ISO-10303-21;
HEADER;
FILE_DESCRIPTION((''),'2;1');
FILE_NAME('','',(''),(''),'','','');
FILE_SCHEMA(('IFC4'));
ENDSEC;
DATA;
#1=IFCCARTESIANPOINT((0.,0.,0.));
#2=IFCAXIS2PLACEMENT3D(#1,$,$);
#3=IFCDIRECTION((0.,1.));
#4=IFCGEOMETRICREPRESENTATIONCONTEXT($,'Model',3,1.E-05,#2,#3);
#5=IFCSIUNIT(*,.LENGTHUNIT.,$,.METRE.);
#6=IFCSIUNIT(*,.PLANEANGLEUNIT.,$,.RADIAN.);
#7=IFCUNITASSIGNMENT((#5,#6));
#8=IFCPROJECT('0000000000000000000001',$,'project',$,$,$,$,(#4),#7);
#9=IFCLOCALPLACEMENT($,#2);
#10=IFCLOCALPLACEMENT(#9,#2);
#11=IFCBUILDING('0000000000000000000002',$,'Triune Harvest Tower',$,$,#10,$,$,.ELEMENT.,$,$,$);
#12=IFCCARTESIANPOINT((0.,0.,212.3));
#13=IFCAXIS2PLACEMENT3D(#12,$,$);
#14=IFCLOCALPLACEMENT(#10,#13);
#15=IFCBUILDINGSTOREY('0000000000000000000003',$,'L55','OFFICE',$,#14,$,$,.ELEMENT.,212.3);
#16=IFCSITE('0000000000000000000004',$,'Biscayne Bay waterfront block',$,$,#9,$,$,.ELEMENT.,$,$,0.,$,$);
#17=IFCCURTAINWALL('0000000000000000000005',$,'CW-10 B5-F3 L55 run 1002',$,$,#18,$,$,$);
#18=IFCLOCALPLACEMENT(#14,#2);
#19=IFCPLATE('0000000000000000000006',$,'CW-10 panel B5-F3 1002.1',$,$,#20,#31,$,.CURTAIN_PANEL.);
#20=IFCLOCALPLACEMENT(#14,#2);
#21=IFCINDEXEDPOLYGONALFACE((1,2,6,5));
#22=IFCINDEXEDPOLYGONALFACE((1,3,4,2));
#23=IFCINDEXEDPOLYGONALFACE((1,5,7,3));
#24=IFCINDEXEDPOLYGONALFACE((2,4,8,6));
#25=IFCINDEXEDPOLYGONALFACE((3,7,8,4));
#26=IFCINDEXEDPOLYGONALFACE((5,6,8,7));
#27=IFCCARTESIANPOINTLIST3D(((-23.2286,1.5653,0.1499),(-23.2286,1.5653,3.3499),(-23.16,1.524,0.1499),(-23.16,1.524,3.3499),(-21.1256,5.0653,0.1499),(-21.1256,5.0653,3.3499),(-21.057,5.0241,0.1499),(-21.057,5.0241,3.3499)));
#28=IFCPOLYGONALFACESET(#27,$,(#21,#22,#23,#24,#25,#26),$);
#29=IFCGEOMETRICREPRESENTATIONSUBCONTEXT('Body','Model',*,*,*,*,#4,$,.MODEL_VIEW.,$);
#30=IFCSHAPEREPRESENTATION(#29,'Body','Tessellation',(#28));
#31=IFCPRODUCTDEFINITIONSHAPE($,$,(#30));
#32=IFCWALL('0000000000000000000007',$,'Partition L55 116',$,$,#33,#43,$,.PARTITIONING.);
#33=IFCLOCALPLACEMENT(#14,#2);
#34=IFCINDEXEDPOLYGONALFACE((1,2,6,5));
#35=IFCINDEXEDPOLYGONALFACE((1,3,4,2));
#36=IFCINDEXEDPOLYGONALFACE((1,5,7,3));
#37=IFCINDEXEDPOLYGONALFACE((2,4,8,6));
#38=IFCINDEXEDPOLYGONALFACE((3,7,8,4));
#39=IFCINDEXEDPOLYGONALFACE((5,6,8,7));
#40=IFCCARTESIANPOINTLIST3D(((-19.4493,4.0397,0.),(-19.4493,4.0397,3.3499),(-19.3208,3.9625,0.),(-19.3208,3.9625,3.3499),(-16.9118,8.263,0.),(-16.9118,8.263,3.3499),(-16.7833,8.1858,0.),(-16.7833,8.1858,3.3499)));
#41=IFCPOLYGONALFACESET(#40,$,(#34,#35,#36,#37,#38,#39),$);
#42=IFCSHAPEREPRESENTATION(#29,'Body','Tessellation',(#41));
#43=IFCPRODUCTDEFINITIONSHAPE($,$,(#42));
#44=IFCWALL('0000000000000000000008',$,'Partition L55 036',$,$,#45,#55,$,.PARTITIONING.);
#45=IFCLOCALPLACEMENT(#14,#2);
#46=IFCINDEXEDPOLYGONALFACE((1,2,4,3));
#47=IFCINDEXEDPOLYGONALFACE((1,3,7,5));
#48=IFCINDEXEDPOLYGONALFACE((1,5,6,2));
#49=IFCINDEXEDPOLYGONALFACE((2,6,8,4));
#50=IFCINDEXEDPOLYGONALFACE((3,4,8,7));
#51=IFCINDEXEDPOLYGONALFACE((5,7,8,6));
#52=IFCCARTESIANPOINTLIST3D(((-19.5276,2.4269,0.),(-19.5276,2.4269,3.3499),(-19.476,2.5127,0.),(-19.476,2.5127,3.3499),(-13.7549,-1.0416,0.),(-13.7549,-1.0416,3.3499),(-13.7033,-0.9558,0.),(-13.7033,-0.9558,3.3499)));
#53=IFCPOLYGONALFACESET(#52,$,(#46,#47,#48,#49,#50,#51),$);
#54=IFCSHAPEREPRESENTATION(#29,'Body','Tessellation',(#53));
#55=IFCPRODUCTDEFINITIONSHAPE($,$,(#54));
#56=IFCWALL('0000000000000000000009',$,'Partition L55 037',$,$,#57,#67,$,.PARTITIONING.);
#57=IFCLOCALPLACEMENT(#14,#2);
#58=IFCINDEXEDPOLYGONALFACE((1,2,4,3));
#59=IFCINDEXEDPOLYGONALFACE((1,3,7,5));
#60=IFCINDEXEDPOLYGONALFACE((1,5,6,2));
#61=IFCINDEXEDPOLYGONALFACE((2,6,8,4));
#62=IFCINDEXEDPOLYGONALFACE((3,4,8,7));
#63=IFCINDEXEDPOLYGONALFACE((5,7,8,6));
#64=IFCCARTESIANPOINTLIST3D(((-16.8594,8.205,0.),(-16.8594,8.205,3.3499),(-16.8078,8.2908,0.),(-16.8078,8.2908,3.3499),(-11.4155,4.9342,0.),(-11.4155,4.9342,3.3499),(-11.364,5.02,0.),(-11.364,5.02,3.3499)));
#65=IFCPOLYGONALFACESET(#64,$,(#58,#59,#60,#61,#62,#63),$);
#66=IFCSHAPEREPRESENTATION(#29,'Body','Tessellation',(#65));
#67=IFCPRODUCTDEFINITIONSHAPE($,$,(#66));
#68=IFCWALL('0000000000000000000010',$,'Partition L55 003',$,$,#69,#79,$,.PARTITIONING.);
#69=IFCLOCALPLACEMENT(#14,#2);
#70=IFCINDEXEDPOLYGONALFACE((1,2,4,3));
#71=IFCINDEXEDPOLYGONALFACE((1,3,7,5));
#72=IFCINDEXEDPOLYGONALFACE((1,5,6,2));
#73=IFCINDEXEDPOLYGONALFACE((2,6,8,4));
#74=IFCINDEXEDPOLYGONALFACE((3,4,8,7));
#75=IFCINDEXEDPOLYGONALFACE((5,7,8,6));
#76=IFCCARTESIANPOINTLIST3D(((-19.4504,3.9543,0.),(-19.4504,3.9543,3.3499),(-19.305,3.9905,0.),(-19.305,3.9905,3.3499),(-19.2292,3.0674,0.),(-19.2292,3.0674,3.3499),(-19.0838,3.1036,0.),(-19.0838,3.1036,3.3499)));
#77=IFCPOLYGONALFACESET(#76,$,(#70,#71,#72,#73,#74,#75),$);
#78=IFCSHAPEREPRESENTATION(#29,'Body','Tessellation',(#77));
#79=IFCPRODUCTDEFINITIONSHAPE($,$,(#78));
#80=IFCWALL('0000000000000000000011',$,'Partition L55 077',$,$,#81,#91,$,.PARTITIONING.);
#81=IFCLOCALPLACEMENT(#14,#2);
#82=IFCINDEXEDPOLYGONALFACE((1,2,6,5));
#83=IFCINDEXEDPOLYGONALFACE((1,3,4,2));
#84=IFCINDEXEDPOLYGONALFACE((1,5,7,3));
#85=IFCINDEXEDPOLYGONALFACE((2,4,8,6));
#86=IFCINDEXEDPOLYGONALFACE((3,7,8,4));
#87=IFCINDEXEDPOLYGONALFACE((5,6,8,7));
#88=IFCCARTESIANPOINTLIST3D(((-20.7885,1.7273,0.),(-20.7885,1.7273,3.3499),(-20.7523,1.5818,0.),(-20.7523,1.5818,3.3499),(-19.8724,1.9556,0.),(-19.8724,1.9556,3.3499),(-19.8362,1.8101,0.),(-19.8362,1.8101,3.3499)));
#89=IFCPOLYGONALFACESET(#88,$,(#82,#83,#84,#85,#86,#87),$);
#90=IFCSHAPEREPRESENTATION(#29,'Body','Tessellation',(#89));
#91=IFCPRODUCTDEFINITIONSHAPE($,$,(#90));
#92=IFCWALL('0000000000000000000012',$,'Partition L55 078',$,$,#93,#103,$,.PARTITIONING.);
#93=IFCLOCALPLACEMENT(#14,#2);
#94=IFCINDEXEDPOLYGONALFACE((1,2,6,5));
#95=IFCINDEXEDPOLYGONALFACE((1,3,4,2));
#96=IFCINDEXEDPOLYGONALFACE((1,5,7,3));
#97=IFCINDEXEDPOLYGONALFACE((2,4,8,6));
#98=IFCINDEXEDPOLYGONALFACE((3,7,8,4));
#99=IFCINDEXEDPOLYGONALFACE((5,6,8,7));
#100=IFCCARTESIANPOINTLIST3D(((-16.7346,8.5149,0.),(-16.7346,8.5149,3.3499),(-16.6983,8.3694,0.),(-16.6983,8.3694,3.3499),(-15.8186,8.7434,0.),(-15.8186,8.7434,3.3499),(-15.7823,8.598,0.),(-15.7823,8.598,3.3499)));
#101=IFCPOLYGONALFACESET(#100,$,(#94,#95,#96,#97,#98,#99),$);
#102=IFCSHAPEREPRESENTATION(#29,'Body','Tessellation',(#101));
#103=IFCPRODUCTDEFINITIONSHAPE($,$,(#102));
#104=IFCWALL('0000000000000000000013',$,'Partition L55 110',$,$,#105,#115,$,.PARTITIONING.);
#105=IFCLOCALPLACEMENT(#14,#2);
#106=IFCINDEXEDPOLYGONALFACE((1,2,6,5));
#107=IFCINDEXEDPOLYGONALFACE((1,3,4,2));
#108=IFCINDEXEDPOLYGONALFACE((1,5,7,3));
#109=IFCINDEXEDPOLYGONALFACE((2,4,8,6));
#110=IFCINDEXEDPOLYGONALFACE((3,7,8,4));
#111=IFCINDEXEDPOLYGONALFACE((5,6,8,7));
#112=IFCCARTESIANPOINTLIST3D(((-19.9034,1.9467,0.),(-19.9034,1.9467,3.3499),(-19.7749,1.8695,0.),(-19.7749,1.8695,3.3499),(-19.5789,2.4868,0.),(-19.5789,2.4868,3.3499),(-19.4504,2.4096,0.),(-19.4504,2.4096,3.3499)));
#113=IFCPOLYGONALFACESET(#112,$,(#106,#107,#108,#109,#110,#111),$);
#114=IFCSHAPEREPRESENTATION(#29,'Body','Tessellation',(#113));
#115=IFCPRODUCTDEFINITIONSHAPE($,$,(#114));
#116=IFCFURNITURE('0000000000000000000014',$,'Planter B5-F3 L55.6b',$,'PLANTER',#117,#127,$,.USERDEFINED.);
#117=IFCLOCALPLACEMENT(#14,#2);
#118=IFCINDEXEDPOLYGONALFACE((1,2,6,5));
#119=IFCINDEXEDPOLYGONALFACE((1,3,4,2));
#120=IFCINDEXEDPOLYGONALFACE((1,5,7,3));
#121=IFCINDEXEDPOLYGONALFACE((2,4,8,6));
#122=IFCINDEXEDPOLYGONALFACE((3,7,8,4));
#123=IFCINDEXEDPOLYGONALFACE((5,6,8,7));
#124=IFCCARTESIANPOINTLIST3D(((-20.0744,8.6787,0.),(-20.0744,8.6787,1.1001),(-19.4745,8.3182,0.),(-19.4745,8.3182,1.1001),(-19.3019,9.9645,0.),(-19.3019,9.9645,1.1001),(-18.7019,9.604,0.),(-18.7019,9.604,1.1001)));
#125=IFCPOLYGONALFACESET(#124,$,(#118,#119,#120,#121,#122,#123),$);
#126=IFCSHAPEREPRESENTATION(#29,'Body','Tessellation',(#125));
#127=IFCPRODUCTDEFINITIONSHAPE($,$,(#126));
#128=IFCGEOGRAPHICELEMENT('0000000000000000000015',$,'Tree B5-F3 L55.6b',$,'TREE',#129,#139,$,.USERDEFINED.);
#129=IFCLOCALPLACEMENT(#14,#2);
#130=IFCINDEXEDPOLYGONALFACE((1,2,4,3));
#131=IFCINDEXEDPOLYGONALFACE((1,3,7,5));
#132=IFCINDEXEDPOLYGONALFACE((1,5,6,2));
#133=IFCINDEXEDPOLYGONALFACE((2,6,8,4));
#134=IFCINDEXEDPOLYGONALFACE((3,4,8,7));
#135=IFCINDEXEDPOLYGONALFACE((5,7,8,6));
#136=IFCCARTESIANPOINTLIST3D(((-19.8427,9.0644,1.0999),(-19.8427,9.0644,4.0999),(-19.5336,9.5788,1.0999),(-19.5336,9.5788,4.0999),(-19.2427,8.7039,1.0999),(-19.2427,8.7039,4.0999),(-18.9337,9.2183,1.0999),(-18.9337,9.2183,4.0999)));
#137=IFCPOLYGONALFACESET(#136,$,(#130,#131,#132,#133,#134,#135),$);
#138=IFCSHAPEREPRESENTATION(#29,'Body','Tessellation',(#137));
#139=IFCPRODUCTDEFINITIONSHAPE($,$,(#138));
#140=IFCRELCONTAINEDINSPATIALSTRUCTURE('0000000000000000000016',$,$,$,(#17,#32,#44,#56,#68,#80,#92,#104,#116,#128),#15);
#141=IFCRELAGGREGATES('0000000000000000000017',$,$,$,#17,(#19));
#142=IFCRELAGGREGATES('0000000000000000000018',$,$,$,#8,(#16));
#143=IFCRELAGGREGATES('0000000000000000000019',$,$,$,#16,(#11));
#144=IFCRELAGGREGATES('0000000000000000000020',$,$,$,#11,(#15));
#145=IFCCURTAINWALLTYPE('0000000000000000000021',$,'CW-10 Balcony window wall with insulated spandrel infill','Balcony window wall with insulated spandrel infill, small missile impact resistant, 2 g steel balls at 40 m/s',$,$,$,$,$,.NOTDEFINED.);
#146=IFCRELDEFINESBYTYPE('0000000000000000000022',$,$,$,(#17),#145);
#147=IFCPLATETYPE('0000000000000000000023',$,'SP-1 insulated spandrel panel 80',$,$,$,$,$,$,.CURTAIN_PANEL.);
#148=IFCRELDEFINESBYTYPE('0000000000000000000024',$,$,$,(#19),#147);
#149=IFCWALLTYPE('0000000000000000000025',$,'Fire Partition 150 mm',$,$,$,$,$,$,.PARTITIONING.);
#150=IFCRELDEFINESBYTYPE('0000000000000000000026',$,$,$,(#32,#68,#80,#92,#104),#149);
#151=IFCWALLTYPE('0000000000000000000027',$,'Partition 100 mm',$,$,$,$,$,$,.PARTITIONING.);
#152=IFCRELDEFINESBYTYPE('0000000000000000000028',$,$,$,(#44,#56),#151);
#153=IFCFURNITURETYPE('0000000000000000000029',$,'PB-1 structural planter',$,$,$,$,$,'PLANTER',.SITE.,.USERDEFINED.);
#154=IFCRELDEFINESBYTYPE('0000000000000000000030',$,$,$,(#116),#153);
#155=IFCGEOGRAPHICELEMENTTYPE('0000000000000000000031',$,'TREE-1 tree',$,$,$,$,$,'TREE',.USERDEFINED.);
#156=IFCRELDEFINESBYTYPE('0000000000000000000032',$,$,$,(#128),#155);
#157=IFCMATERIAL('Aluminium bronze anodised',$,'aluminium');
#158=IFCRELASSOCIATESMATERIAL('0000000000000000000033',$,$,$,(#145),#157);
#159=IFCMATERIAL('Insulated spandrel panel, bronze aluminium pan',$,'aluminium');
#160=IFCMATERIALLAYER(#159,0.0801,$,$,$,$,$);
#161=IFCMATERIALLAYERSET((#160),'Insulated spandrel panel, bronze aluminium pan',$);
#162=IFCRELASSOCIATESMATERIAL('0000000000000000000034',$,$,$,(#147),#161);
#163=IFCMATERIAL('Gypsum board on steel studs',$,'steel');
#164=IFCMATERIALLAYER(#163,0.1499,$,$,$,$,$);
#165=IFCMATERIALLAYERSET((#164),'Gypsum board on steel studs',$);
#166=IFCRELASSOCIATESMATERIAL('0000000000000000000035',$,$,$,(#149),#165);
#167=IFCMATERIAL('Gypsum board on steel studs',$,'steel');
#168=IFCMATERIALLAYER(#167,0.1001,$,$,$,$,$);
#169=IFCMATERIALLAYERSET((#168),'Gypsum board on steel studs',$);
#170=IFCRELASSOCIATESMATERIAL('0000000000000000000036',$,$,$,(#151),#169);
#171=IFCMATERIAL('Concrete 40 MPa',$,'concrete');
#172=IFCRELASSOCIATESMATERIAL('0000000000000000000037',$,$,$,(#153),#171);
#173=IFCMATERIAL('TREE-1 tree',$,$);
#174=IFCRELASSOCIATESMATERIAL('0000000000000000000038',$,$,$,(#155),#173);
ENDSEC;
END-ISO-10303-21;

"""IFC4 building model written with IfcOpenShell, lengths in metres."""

from ifc_helpers import new_model, si_unit, direction, frame, frame_2d, origin, origin_2d, place, context, subcontext, project, spatial, rectangle, extrude, source, transform, mapped, material, layer, layer_set, type_object, element, aggregate, save


model = new_model("IFC4")

# Units and contexts
model_context = context("Model", 3, precision=1e-05, world=origin(), true_north=direction((0.0, 1.0)))
body_context = subcontext(model_context, "Body", "Model", "MODEL_VIEW")
ifc_project = project(units=[si_unit("LENGTHUNIT", "METRE"), si_unit("PLANEANGLEUNIT", "RADIAN")], contexts=[model_context])

# Site, building, storey
site_placement = place(None, origin())
site = spatial("IfcSite", under=ifc_project, at=site_placement, Name="Biscayne Bay waterfront block", CompositionType="ELEMENT", RefElevation=0.0)
building_placement = place(site_placement, origin())
building = spatial("IfcBuilding", under=site, at=building_placement, Name="Triune Harvest Tower", CompositionType="ELEMENT")
storey_placement = place(building_placement, frame((0.0, 0.0, 212.3)))
storey = spatial("IfcBuildingStorey", under=building, at=storey_placement, Name="L55", Description="OFFICE", CompositionType="ELEMENT", Elevation=212.3)

# Curtain wall
ifc_material_1 = material(Name="Aluminium bronze anodised", Category="aluminium")
curtain_wall_type_1 = type_object("IfcCurtainWallType", Name="CW-10 Balcony window wall with insulated spandrel infill", Description="Balcony window wall with insulated spandrel infill, small missile impact resistant, 2 g steel balls at 40 m/s", PredefinedType="NOTDEFINED", material=ifc_material_1)
curtain_wall_1_placement = place(storey_placement, origin())
curtain_wall_1 = element("IfcCurtainWall", 1, at=curtain_wall_1_placement, inside=storey, type_object=curtain_wall_type_1, Name="CW-10 B5-F3 L55 run 1002")

# Plate
ifc_material_2 = material(Name="Insulated spandrel panel, bronze aluminium pan", Category="aluminium")
ifc_layer_1 = layer(ifc_material_2, 0.0801)
ifc_layer_set_1 = layer_set([ifc_layer_1], Name="Insulated spandrel panel, bronze aluminium pan")
plate_type_1 = type_object("IfcPlateType", Name="SP-1 insulated spandrel panel 80", PredefinedType="CURTAIN_PANEL", material=ifc_layer_set_1)
shared_shape_1 = source(origin(), body_context, "Body", "SweptSolid", [
    extrude(rectangle(XDim=4.0833, YDim=0.0801, at=origin_2d()), origin(), (0.0, 0.0, 1.0), 3.2),
])
plate_1_placement = place(storey_placement, frame((-22.1428, 3.2947, 0.1499), z_axis=(0.0, 0.0, 1.0), x_axis=(-0.515031, -0.857172, 0.0)))
plate_1 = element("IfcPlate", 2, at=plate_1_placement, type_object=plate_type_1, Name="CW-10 panel B5-F3 1002.1", PredefinedType="CURTAIN_PANEL", context=body_context, shape_type="MappedRepresentation", body=[
    mapped(shared_shape_1, transform((0.0, 0.0, 0.0), scale=1.0)),
])
aggregate(curtain_wall_1, [plate_1])

# Walls
ifc_material_3 = material(Name="Gypsum board on steel studs", Category="steel")
ifc_layer_2 = layer(ifc_material_3, 0.1499)
ifc_layer_set_2 = layer_set([ifc_layer_2], Name="Gypsum board on steel studs")
wall_type_1 = type_object("IfcWallType", Name="Fire Partition 150 mm", PredefinedType="PARTITIONING", material=ifc_layer_set_2)
wall_1_placement = place(storey_placement, frame((-19.385, 4.0012, 0.0), z_axis=(0.0, 0.0, 1.0), x_axis=(0.515028, 0.857174, 0.0)))
element("IfcWall", 3, at=wall_1_placement, inside=storey, type_object=wall_type_1, Name="Partition L55 116", PredefinedType="PARTITIONING", context=body_context, shape_type="SweptSolid", body=[
    extrude(rectangle(XDim=4.927, YDim=0.1499, at=frame_2d((2.4634, 0.0))), origin(), (0.0, 0.0, 1.0), 3.3499),
])
ifc_material_4 = material(Name="Gypsum board on steel studs", Category="steel")
ifc_layer_3 = layer(ifc_material_4, 0.1001)
ifc_layer_set_3 = layer_set([ifc_layer_3], Name="Gypsum board on steel studs")
wall_type_2 = type_object("IfcWallType", Name="Partition 100 mm", PredefinedType="PARTITIONING", material=ifc_layer_set_3)
wall_2_placement = place(storey_placement, frame((-19.5017, 2.4697, 0.0), z_axis=(0.0, 0.0, 1.0), x_axis=(0.857173, -0.515029, 0.0)))
element("IfcWall", 4, at=wall_2_placement, inside=storey, type_object=wall_type_2, Name="Partition L55 036", PredefinedType="PARTITIONING", context=body_context, shape_type="SweptSolid", body=[
    extrude(rectangle(XDim=6.7346, YDim=0.1001, at=frame_2d((3.3672, 0.0))), origin(), (0.0, 0.0, 1.0), 3.3499),
])
wall_3_placement = place(storey_placement, frame((-16.8335, 8.2478, 0.0), z_axis=(0.0, 0.0, 1.0), x_axis=(0.857184, -0.51501, 0.0)))
element("IfcWall", 5, at=wall_3_placement, inside=storey, type_object=wall_type_2, Name="Partition L55 037", PredefinedType="PARTITIONING", context=body_context, shape_type="SweptSolid", body=[
    extrude(rectangle(XDim=6.3508, YDim=0.1001, at=frame_2d((3.1753, 0.0))), origin(), (0.0, 0.0, 1.0), 3.3499),
])

# Walls
shared_shape_2 = source(origin(), body_context, "Body", "SweptSolid", [
    extrude(rectangle(XDim=0.9141, YDim=0.1499, at=frame_2d((0.457, 0.0))), origin(), (0.0, 0.0, 1.0), 3.3499),
])
wall_4_placement = place(storey_placement, frame((-19.3777, 3.9724, 0.0), z_axis=(0.0, 0.0, 1.0), x_axis=(0.24197, -0.970284, 0.0)))
element("IfcWall", 6, at=wall_4_placement, inside=storey, type_object=wall_type_1, Name="Partition L55 003", PredefinedType="PARTITIONING", context=body_context, shape_type="MappedRepresentation", body=[
    mapped(shared_shape_2, transform((0.0, 0.0, 0.0), scale=1.0)),
])
shared_shape_3 = source(origin(), body_context, "Body", "SweptSolid", [
    extrude(rectangle(XDim=0.9441, YDim=0.1499, at=frame_2d((0.4722, 0.0))), origin(), (0.0, 0.0, 1.0), 3.3499),
])
for number, where, z_axis, x_axis, name in (
    (7, (-20.7705, 1.6545, 0.0), (0.0, 0.0, 1.0), (0.970325, 0.241805, 0.0), "Partition L55 077"),
    (8, (-16.7166, 8.4421, 0.0), (0.0, 0.0, 1.0), (0.970264, 0.242049, 0.0), "Partition L55 078"),
):
    element("IfcWall", number, at=place(storey_placement, frame(where, z_axis=z_axis, x_axis=x_axis)), inside=storey, type_object=wall_type_1, Name=name, PredefinedType="PARTITIONING", context=body_context, shape_type="MappedRepresentation", body=[
        mapped(shared_shape_3, transform((0.0, 0.0, 0.0), scale=1.0)),
    ])
shared_shape_4 = source(origin(), body_context, "Body", "SweptSolid", [
    extrude(rectangle(XDim=0.6301, YDim=0.1499, at=frame_2d((0.3149, 0.0))), origin(), (0.0, 0.0, 1.0), 3.3499),
])
wall_5_placement = place(storey_placement, frame((-19.8391, 1.9082, 0.0), z_axis=(0.0, 0.0, 1.0), x_axis=(0.515009, 0.857185, 0.0)))
element("IfcWall", 9, at=wall_5_placement, inside=storey, type_object=wall_type_1, Name="Partition L55 110", PredefinedType="PARTITIONING", context=body_context, shape_type="MappedRepresentation", body=[
    mapped(shared_shape_4, transform((0.0, 0.0, 0.0), scale=1.0)),
])

# Furniture
ifc_material_5 = material(Name="Concrete 40 MPa", Category="concrete")
furniture_type = type_object("IfcFurnitureType", Name="PB-1 structural planter", ElementType="PLANTER", AssemblyPlace="SITE", PredefinedType="USERDEFINED", material=ifc_material_5)
shared_shape_5 = source(origin(), body_context, "Body", "SweptSolid", [
    extrude(rectangle(XDim=1.5, YDim=0.7, at=origin_2d()), origin(), (0.0, 0.0, 1.0), 1.1001),
])
furniture_placement = place(storey_placement, frame((-19.3882, 9.1414, 0.0), z_axis=(0.0, 0.0, 1.0), x_axis=(-0.515037, -0.857168, 0.0)))
element("IfcFurniture", 10, at=furniture_placement, inside=storey, type_object=furniture_type, Name="Planter B5-F3 L55.6b", ObjectType="PLANTER", PredefinedType="USERDEFINED", context=body_context, shape_type="MappedRepresentation", body=[
    mapped(shared_shape_5, transform((0.0, 0.0, 0.0), scale=1.0)),
])

# Geographic element
ifc_material_6 = material(Name="TREE-1 tree")
geographic_element_type = type_object("IfcGeographicElementType", Name="TREE-1 tree", ElementType="TREE", PredefinedType="USERDEFINED", material=ifc_material_6)
shared_shape_6 = source(origin(), body_context, "Body", "SweptSolid", [
    extrude(rectangle(XDim=0.6001, YDim=0.7, at=origin_2d()), origin(), (0.0, 0.0, 1.0), 3.0),
])
geographic_element_placement = place(storey_placement, frame((-19.3882, 9.1414, 1.0999), z_axis=(0.0, 0.0, 1.0), x_axis=(-0.515037, -0.857168, 0.0)))
element("IfcGeographicElement", 11, at=geographic_element_placement, inside=storey, type_object=geographic_element_type, Name="Tree B5-F3 L55.6b", ObjectType="TREE", PredefinedType="USERDEFINED", context=body_context, shape_type="MappedRepresentation", body=[
    mapped(shared_shape_6, transform((0.0, 0.0, 0.0), scale=1.0)),
])

save(model, "model.ifc")
